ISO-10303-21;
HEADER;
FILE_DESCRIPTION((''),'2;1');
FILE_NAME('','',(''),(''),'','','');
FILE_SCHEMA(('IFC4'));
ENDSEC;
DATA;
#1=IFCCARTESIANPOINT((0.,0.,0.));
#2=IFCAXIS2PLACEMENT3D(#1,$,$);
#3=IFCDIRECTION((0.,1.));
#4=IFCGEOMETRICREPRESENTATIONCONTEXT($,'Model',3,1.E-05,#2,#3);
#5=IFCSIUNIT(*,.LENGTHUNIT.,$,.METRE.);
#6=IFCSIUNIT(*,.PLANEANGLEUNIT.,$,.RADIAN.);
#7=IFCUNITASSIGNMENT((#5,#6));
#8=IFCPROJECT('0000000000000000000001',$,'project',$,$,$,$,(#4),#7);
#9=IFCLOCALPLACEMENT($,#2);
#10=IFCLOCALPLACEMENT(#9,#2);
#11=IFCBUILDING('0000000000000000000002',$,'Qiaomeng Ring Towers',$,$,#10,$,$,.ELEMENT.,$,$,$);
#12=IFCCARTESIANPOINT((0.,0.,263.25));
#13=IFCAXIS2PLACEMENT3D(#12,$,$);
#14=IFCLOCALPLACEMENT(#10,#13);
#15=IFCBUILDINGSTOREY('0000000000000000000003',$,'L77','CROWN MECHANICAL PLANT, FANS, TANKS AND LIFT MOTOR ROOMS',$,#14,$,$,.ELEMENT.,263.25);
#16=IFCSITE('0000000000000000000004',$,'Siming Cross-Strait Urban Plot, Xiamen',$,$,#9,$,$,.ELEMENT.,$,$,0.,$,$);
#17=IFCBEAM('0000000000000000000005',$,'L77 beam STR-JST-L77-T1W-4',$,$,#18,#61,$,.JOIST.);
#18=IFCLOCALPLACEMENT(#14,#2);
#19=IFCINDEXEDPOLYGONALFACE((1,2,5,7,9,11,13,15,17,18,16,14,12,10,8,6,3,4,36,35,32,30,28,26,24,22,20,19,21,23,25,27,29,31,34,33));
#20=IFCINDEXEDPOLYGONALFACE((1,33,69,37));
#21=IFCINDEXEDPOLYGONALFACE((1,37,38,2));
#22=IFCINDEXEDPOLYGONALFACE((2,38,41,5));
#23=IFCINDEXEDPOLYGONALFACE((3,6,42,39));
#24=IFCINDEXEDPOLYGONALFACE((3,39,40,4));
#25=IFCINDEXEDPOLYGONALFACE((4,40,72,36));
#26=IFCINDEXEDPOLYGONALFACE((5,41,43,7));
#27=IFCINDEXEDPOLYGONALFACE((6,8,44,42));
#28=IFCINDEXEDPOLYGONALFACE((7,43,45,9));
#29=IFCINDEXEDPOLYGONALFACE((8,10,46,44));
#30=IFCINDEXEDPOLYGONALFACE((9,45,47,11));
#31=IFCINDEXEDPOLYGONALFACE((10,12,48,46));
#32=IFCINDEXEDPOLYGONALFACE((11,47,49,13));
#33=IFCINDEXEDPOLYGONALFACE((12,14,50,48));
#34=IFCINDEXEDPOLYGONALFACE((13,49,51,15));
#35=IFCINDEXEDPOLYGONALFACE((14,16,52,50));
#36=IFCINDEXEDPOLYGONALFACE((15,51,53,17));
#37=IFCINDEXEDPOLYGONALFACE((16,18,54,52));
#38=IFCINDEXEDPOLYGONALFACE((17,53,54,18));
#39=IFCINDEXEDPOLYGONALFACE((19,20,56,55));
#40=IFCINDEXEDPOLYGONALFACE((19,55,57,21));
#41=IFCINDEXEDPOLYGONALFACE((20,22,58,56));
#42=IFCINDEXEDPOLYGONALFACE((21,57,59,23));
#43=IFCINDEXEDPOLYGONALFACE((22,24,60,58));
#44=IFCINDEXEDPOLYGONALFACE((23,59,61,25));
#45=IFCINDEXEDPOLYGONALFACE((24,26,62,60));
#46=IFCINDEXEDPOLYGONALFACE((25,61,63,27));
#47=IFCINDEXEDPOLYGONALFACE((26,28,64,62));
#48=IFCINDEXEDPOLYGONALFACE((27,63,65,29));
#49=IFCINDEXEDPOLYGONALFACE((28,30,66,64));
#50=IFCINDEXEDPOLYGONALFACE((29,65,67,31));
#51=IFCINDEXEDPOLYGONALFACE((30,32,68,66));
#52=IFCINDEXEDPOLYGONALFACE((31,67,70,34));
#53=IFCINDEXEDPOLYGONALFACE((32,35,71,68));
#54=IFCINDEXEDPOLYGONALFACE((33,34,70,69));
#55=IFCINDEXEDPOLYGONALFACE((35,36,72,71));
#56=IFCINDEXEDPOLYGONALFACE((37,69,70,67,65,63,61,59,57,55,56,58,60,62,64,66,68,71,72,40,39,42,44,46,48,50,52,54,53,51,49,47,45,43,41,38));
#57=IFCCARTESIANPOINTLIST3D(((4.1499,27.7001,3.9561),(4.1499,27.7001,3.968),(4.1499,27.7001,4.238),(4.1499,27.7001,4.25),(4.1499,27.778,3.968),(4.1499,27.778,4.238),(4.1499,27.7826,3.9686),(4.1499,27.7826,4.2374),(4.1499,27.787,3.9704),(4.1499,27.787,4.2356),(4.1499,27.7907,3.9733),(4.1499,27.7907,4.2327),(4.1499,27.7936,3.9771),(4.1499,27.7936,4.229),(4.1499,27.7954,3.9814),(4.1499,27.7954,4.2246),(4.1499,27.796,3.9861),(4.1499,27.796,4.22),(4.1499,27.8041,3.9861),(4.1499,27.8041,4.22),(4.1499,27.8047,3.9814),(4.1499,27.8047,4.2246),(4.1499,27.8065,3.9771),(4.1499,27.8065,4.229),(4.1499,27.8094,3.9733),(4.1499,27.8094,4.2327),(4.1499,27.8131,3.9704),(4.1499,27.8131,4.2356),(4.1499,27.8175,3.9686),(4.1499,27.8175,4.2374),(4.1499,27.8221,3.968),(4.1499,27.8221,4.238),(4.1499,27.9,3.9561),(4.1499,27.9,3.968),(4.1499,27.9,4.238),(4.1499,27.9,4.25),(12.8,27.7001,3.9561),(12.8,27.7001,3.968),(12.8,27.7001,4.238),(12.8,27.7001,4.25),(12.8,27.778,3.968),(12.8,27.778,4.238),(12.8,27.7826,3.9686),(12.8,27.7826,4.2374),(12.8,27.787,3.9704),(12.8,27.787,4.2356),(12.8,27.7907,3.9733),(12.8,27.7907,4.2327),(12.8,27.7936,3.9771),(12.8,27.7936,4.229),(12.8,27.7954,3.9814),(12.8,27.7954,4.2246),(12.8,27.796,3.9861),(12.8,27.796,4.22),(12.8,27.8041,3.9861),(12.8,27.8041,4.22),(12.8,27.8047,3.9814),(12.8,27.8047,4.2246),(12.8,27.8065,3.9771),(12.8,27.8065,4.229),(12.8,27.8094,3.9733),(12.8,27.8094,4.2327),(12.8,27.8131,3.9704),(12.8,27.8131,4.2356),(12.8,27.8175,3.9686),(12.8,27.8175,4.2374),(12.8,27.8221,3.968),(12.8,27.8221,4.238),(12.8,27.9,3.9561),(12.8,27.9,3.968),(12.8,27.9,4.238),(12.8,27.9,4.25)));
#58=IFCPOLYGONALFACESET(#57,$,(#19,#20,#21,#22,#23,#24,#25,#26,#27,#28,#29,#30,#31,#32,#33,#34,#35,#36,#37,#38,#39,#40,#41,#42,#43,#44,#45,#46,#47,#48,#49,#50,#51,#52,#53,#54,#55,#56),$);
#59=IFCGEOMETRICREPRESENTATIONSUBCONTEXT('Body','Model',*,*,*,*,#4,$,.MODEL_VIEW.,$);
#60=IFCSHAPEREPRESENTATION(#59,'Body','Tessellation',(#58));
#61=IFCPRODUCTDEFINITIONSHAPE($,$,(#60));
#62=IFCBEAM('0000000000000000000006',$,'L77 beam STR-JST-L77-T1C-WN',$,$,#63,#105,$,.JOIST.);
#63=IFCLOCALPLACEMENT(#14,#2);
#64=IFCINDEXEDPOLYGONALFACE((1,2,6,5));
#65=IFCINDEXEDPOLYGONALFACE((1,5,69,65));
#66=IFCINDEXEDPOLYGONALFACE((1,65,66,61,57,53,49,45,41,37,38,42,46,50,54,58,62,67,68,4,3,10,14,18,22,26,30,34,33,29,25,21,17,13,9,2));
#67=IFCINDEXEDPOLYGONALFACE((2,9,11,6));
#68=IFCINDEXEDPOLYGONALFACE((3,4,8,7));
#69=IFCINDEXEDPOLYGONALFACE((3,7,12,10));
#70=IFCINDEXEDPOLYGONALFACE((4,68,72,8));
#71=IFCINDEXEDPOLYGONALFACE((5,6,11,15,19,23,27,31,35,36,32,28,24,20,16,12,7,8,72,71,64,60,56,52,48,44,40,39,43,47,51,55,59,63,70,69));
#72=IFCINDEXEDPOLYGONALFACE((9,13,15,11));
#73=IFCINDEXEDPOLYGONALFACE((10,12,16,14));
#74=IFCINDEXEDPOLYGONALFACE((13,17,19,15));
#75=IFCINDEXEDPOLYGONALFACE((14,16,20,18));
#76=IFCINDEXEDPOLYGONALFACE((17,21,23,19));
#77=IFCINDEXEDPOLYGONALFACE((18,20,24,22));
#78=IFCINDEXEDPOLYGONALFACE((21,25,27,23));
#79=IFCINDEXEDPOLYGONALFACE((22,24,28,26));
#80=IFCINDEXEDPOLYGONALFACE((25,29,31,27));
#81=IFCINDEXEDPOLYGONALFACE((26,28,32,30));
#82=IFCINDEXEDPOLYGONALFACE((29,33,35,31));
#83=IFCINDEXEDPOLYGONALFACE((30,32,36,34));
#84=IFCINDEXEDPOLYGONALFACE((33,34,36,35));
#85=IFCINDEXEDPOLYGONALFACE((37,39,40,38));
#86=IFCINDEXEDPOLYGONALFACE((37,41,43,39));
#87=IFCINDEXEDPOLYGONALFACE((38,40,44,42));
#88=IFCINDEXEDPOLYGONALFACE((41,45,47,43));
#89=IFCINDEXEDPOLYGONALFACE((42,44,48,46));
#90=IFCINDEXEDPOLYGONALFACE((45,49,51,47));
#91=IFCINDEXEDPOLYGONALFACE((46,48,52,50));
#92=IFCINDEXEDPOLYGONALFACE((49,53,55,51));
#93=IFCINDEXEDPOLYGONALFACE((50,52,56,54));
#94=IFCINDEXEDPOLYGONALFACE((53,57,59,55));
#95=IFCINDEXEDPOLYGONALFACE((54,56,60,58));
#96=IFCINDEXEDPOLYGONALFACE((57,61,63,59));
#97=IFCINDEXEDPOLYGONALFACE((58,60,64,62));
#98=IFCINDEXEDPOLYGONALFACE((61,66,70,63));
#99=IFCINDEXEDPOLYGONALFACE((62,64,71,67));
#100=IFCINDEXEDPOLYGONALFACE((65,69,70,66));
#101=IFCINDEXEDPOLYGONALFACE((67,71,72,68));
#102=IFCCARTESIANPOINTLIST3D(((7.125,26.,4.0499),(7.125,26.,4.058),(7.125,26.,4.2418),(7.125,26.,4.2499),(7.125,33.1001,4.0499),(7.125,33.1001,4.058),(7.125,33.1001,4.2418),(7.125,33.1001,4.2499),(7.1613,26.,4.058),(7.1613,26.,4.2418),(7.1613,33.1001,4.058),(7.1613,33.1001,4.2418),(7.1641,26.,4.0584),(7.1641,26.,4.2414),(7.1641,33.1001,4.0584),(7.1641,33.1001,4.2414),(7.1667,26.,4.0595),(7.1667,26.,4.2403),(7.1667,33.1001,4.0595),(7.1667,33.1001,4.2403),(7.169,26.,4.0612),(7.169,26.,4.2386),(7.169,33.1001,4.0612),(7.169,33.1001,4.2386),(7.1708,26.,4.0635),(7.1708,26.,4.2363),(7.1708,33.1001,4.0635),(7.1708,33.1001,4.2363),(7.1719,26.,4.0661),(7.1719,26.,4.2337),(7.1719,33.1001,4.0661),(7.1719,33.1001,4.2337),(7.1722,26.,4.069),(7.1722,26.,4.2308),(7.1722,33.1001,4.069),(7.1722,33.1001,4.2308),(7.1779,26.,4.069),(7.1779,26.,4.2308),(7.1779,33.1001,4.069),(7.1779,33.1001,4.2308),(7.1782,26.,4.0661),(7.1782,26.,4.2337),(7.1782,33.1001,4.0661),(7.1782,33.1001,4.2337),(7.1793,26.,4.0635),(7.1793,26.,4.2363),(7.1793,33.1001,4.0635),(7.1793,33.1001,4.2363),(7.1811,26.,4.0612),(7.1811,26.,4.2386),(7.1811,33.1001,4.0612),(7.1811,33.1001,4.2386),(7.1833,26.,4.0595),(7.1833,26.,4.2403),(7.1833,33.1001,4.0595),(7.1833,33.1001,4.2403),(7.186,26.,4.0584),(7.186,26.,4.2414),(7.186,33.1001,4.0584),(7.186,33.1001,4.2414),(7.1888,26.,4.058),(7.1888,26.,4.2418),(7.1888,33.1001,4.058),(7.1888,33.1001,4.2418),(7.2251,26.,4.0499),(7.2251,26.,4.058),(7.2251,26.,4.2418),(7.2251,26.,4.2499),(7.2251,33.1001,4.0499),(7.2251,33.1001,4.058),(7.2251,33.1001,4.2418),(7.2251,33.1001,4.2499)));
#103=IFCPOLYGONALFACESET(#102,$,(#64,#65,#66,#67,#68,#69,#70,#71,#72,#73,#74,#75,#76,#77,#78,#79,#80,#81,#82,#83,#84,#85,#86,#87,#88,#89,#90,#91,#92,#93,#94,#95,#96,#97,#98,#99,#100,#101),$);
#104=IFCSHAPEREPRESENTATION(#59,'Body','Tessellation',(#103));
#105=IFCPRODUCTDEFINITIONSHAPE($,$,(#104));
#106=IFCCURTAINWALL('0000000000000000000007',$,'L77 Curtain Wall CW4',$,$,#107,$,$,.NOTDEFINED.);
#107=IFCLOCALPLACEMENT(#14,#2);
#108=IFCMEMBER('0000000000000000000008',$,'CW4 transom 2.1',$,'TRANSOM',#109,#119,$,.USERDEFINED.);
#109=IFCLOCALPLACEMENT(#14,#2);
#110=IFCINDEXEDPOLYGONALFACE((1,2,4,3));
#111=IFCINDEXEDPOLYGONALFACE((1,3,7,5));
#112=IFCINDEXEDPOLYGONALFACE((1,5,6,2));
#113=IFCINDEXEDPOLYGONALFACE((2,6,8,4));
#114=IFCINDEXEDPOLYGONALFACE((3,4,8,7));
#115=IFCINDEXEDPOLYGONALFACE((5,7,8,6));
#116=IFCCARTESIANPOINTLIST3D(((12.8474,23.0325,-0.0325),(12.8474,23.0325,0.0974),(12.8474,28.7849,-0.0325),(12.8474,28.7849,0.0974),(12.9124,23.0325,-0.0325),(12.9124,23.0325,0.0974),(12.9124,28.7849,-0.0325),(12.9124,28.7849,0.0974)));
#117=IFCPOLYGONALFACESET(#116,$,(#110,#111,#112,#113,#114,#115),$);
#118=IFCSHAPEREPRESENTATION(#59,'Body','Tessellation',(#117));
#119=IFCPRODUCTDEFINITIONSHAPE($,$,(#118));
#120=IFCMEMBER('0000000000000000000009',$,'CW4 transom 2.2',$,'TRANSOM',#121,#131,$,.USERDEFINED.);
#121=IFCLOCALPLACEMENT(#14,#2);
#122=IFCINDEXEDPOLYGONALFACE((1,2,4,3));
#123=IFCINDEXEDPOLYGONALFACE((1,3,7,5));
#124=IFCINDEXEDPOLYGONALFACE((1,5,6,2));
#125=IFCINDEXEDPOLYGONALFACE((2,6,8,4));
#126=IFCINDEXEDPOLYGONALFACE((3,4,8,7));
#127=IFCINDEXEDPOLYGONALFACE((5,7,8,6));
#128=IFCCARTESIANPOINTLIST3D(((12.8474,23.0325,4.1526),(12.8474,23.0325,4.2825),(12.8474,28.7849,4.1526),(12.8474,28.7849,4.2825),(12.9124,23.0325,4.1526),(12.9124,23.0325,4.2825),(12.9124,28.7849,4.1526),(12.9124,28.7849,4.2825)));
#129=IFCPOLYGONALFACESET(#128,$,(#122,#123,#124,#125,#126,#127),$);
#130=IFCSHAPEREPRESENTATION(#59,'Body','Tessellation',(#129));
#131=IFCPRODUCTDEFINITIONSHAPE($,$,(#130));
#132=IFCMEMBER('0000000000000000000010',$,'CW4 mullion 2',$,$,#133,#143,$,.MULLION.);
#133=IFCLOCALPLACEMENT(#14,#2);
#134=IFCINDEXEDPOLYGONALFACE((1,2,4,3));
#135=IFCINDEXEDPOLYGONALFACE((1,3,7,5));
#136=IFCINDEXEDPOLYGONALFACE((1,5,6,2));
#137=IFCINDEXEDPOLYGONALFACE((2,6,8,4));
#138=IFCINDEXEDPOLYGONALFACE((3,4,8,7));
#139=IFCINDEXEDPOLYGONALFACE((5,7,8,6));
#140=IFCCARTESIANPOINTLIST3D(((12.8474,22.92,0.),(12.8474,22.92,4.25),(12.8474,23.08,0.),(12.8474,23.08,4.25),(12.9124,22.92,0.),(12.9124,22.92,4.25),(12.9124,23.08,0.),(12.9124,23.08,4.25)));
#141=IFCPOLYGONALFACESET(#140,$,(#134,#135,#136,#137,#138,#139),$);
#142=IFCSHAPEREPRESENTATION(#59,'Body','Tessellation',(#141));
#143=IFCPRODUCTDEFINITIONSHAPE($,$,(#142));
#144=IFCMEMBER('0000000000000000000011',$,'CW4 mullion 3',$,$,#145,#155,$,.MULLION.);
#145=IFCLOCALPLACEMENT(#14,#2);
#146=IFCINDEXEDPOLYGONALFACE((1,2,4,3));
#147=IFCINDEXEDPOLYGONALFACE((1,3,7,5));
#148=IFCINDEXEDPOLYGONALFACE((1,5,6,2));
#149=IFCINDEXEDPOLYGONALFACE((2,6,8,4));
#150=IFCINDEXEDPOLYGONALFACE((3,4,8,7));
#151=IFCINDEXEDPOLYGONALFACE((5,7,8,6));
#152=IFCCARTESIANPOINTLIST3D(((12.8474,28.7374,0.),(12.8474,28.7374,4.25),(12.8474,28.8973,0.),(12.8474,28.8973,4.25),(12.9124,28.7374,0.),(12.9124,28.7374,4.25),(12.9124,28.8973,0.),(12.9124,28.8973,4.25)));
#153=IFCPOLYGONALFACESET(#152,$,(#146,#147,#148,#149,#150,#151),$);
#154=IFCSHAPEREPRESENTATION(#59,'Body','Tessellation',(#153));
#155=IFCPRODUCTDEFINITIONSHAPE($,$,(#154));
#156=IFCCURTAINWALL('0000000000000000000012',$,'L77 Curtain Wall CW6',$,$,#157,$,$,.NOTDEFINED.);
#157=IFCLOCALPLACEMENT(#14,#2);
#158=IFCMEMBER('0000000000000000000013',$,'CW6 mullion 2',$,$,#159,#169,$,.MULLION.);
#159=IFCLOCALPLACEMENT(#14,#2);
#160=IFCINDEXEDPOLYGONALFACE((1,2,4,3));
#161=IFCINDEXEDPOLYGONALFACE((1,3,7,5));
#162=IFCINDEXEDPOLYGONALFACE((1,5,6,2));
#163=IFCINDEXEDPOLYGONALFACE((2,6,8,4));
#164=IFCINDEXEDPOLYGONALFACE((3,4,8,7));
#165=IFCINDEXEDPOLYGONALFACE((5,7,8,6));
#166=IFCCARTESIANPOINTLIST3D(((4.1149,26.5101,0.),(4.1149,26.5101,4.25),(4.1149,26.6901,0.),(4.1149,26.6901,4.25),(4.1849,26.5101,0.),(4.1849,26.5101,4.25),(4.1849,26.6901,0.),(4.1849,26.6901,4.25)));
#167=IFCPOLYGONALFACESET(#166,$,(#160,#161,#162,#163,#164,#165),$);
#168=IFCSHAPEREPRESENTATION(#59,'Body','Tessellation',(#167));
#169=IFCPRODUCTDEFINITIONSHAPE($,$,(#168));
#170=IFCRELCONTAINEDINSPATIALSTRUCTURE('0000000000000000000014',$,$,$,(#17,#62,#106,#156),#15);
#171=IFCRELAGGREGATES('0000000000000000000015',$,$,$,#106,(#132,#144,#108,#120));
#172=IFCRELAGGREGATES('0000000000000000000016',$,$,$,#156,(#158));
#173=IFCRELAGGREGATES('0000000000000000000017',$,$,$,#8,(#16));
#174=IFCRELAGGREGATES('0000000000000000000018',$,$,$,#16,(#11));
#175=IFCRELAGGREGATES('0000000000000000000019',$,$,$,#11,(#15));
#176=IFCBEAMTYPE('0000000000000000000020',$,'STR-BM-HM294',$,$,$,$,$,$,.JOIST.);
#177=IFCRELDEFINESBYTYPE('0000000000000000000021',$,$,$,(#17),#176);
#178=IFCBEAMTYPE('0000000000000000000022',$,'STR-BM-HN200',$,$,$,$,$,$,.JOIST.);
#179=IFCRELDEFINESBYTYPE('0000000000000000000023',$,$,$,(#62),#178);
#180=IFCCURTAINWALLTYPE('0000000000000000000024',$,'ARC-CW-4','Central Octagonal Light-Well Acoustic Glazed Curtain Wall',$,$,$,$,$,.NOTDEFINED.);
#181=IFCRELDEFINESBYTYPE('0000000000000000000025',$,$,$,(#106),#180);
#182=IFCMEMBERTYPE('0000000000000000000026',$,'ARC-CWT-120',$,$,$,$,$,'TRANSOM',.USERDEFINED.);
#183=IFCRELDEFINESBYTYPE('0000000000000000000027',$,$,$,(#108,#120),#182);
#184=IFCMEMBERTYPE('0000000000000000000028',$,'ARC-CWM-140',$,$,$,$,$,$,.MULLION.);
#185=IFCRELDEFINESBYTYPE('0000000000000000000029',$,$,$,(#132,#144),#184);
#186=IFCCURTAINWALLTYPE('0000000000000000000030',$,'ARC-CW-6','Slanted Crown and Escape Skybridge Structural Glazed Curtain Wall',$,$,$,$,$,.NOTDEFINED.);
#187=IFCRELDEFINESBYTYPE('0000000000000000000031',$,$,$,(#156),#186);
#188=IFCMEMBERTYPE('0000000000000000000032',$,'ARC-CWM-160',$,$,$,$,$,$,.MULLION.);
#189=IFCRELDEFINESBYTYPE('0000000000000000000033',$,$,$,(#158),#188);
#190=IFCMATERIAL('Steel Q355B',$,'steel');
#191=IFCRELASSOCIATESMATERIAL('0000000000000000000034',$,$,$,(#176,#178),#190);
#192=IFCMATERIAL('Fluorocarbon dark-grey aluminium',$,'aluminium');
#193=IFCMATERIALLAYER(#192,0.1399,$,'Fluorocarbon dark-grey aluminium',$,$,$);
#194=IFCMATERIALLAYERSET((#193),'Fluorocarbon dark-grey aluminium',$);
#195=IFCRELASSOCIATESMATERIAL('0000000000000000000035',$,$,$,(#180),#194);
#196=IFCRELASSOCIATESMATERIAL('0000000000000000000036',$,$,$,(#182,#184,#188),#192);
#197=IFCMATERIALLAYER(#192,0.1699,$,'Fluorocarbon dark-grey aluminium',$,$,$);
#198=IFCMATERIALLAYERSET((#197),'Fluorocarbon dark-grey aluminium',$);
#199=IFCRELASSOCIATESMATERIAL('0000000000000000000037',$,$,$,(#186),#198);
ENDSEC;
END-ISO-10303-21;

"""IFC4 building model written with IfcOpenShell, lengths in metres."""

from ifc_helpers import new_model, si_unit, direction, frame, origin, origin_2d, place, context, subcontext, project, spatial, rectangle, i_section, extrude, source, transform, mapped, material, layer, layer_set, material_profile, profile_set, type_object, element, aggregate, save


model = new_model("IFC4")

# Units and contexts
model_context = context("Model", 3, precision=1e-05, world=origin(), true_north=direction((0.0, 1.0)))
body_context = subcontext(model_context, "Body", "Model", "MODEL_VIEW")
ifc_project = project(units=[si_unit("LENGTHUNIT", "METRE"), si_unit("PLANEANGLEUNIT", "RADIAN")], contexts=[model_context])

# Site, building, storey
site_placement = place(None, origin())
site = spatial("IfcSite", under=ifc_project, at=site_placement, Name="Siming Cross-Strait Urban Plot, Xiamen", CompositionType="ELEMENT", RefElevation=0.0)
building_placement = place(site_placement, origin())
building = spatial("IfcBuilding", under=site, at=building_placement, Name="Qiaomeng Ring Towers", CompositionType="ELEMENT")
storey_placement = place(building_placement, frame((0.0, 0.0, 263.25)))
storey = spatial("IfcBuildingStorey", under=building, at=storey_placement, Name="L77", Description="CROWN MECHANICAL PLANT, FANS, TANKS AND LIFT MOTOR ROOMS", CompositionType="ELEMENT", Elevation=263.25)

# Beams
ifc_material_1 = material(Name="Steel Q355B", Category="steel")
ifc_material_profile_1 = material_profile(ifc_material_1, i_section(OverallWidth=0.2, OverallDepth=0.2939, WebThickness=0.0081, FlangeThickness=0.012, FilletRadius=0.0181, at=origin_2d()), Name="HM 294x200x8x12")
ifc_profile_set_1 = profile_set([ifc_material_profile_1], Name="Steel Q355B")
beam_type_1 = type_object("IfcBeamType", Name="STR-BM-HM294", PredefinedType="JOIST", material=ifc_profile_set_1)
shared_shape_1 = source(origin(), body_context, "Body", "SweptSolid", [
    extrude(i_section(OverallWidth=0.2, OverallDepth=0.2939, WebThickness=0.0081, FlangeThickness=0.012, FilletRadius=0.0181, at=origin_2d()), origin(), (0.0, 0.0, 1.0), 8.6501),
])
for number, where, z_axis, x_axis, name in (
    (1, (4.1499, 27.8, 4.103), (1.0, 0.0, 0.0), (0.0, 1.0, 0.0), "L77 beam STR-JST-L77-T1W-4"),
):
    element("IfcBeam", number, at=place(storey_placement, frame(where, z_axis=z_axis, x_axis=x_axis)), inside=storey, type_object=beam_type_1, Name=name, PredefinedType="JOIST", context=body_context, shape_type="MappedRepresentation", body=[
        mapped(shared_shape_1, transform((0.0, 0.0, 0.0), x_axis=(1.0, 0.0, 0.0), y_axis=(0.0, 1.0, 0.0), z_axis=(0.0, 0.0, 1.0), scale=1.0)),
    ])
ifc_material_profile_2 = material_profile(ifc_material_1, i_section(OverallWidth=0.1001, OverallDepth=0.2, WebThickness=0.0056, FlangeThickness=0.0081, FilletRadius=0.011, at=origin_2d()), Name="HN 200x100x5.5x8")
ifc_profile_set_2 = profile_set([ifc_material_profile_2], Name="Steel Q355B")
beam_type_2 = type_object("IfcBeamType", Name="STR-BM-HN200", PredefinedType="JOIST", material=ifc_profile_set_2)
shared_shape_2 = source(origin(), body_context, "Body", "SweptSolid", [
    extrude(i_section(OverallWidth=0.1001, OverallDepth=0.2, WebThickness=0.0056, FlangeThickness=0.0081, FilletRadius=0.011, at=origin_2d()), origin(), (0.0, 0.0, 1.0), 7.1001),
])
beam_1_placement = place(storey_placement, frame((7.175, 26.0, 4.1499), z_axis=(0.0, 1.0, 0.0), x_axis=(-1.0, 0.0, 0.0)))
element("IfcBeam", 2, at=beam_1_placement, inside=storey, type_object=beam_type_2, Name="L77 beam STR-JST-L77-T1C-WN", PredefinedType="JOIST", context=body_context, shape_type="MappedRepresentation", body=[
    mapped(shared_shape_2, transform((0.0, 0.0, 0.0), x_axis=(1.0, 0.0, 0.0), y_axis=(0.0, 1.0, 0.0), z_axis=(0.0, 0.0, 1.0), scale=1.0)),
])

# Curtain wall, members
ifc_material_2 = material(Name="Fluorocarbon dark-grey aluminium", Category="aluminium")
ifc_layer_1 = layer(ifc_material_2, 0.1399, Name="Fluorocarbon dark-grey aluminium")
ifc_layer_set_1 = layer_set([ifc_layer_1], Name="Fluorocarbon dark-grey aluminium")
curtain_wall_type_1 = type_object("IfcCurtainWallType", Name="ARC-CW-4", Description="Central Octagonal Light-Well Acoustic Glazed Curtain Wall", PredefinedType="NOTDEFINED", material=ifc_layer_set_1)
curtain_wall_1_placement = place(storey_placement, origin())
curtain_wall_1 = element("IfcCurtainWall", 3, at=curtain_wall_1_placement, inside=storey, type_object=curtain_wall_type_1, Name="L77 Curtain Wall CW4", PredefinedType="NOTDEFINED")
ifc_material_profile_3 = material_profile(ifc_material_2, rectangle(XDim=0.0649, YDim=0.1299, at=origin_2d()), Name="ALU TRAN 65x130")
ifc_profile_set_3 = profile_set([ifc_material_profile_3], Name="Fluorocarbon dark-grey aluminium")
member_type_1 = type_object("IfcMemberType", Name="ARC-CWT-120", ElementType="TRANSOM", PredefinedType="USERDEFINED", material=ifc_profile_set_3)
shared_shape_3 = source(origin(), body_context, "Body", "SweptSolid", [
    extrude(rectangle(XDim=0.0649, YDim=0.1299, at=origin_2d()), origin(), (0.0, 0.0, 1.0), 5.7524),
])
member_1_placement = place(storey_placement, frame((12.8799, 23.0325, 0.0325), z_axis=(0.0, 1.0, 0.0), x_axis=(-1.0, 0.0, 0.0)))
member_1 = element("IfcMember", 4, at=member_1_placement, type_object=member_type_1, Name="CW4 transom 2.1", ObjectType="TRANSOM", PredefinedType="USERDEFINED", context=body_context, shape_type="MappedRepresentation", body=[
    mapped(shared_shape_3, transform((0.0, 0.0, 0.0), x_axis=(1.0, 0.0, 0.0), y_axis=(0.0, 1.0, 0.0), z_axis=(0.0, 0.0, 1.0), scale=1.0)),
])
member_2_placement = place(storey_placement, frame((12.8799, 23.0325, 4.2175), z_axis=(0.0, 1.0, 0.0), x_axis=(-1.0, 0.0, 0.0)))
member_2 = element("IfcMember", 5, at=member_2_placement, type_object=member_type_1, Name="CW4 transom 2.2", ObjectType="TRANSOM", PredefinedType="USERDEFINED", context=body_context, shape_type="MappedRepresentation", body=[
    mapped(shared_shape_3, transform((0.0, 0.0, 0.0), x_axis=(1.0, 0.0, 0.0), y_axis=(0.0, 1.0, 0.0), z_axis=(0.0, 0.0, 1.0), scale=1.0)),
])
ifc_material_profile_4 = material_profile(ifc_material_2, rectangle(XDim=0.0649, YDim=0.1599, at=origin_2d()), Name="ALU MULL 65x160")
ifc_profile_set_4 = profile_set([ifc_material_profile_4], Name="Fluorocarbon dark-grey aluminium")
member_type_2 = type_object("IfcMemberType", Name="ARC-CWM-140", PredefinedType="MULLION", material=ifc_profile_set_4)
shared_shape_4 = source(origin(), body_context, "Body", "SweptSolid", [
    extrude(rectangle(XDim=0.0649, YDim=0.1599, at=origin_2d()), origin(), (0.0, 0.0, 1.0), 4.25),
])
member_3_placement = place(storey_placement, frame((12.8799, 23.0, 0.0), z_axis=(0.0, 0.0, 1.0), x_axis=(-1.0, 0.0, 0.0)))
member_3 = element("IfcMember", 6, at=member_3_placement, type_object=member_type_2, Name="CW4 mullion 2", PredefinedType="MULLION", context=body_context, shape_type="MappedRepresentation", body=[
    mapped(shared_shape_4, transform((0.0, 0.0, 0.0), x_axis=(1.0, 0.0, 0.0), y_axis=(0.0, 1.0, 0.0), z_axis=(0.0, 0.0, 1.0), scale=1.0)),
])
member_4_placement = place(storey_placement, frame((12.8799, 28.8174, 0.0), z_axis=(0.0, 0.0, 1.0), x_axis=(-1.0, 0.0, 0.0)))
member_4 = element("IfcMember", 7, at=member_4_placement, type_object=member_type_2, Name="CW4 mullion 3", PredefinedType="MULLION", context=body_context, shape_type="MappedRepresentation", body=[
    mapped(shared_shape_4, transform((0.0, 0.0, 0.0), x_axis=(1.0, 0.0, 0.0), y_axis=(0.0, 1.0, 0.0), z_axis=(0.0, 0.0, 1.0), scale=1.0)),
])

# Curtain wall, member
ifc_layer_2 = layer(ifc_material_2, 0.1699, Name="Fluorocarbon dark-grey aluminium")
ifc_layer_set_2 = layer_set([ifc_layer_2], Name="Fluorocarbon dark-grey aluminium")
curtain_wall_type_2 = type_object("IfcCurtainWallType", Name="ARC-CW-6", Description="Slanted Crown and Escape Skybridge Structural Glazed Curtain Wall", PredefinedType="NOTDEFINED", material=ifc_layer_set_2)
curtain_wall_2_placement = place(storey_placement, origin())
curtain_wall_2 = element("IfcCurtainWall", 8, at=curtain_wall_2_placement, inside=storey, type_object=curtain_wall_type_2, Name="L77 Curtain Wall CW6", PredefinedType="NOTDEFINED")
ifc_material_profile_5 = material_profile(ifc_material_2, rectangle(XDim=0.0701, YDim=0.1799, at=origin_2d()), Name="ALU MULL 70x180")
ifc_profile_set_5 = profile_set([ifc_material_profile_5], Name="Fluorocarbon dark-grey aluminium")
member_type_3 = type_object("IfcMemberType", Name="ARC-CWM-160", PredefinedType="MULLION", material=ifc_profile_set_5)
shared_shape_5 = source(origin(), body_context, "Body", "SweptSolid", [
    extrude(rectangle(XDim=0.0701, YDim=0.1799, at=origin_2d()), origin(), (0.0, 0.0, 1.0), 4.25),
])
member_5_placement = place(storey_placement, frame((4.1499, 26.6001, 0.0), z_axis=(0.0, 0.0, 1.0), x_axis=(1.0, 0.0, 0.0)))
member_5 = element("IfcMember", 9, at=member_5_placement, type_object=member_type_3, Name="CW6 mullion 2", PredefinedType="MULLION", context=body_context, shape_type="MappedRepresentation", body=[
    mapped(shared_shape_5, transform((0.0, 0.0, 0.0), x_axis=(1.0, 0.0, 0.0), y_axis=(0.0, 1.0, 0.0), z_axis=(0.0, 0.0, 1.0), scale=1.0)),
])

aggregate(curtain_wall_1, [member_3, member_4, member_1, member_2])
aggregate(curtain_wall_2, [member_5])

save(model, "model.ifc")
